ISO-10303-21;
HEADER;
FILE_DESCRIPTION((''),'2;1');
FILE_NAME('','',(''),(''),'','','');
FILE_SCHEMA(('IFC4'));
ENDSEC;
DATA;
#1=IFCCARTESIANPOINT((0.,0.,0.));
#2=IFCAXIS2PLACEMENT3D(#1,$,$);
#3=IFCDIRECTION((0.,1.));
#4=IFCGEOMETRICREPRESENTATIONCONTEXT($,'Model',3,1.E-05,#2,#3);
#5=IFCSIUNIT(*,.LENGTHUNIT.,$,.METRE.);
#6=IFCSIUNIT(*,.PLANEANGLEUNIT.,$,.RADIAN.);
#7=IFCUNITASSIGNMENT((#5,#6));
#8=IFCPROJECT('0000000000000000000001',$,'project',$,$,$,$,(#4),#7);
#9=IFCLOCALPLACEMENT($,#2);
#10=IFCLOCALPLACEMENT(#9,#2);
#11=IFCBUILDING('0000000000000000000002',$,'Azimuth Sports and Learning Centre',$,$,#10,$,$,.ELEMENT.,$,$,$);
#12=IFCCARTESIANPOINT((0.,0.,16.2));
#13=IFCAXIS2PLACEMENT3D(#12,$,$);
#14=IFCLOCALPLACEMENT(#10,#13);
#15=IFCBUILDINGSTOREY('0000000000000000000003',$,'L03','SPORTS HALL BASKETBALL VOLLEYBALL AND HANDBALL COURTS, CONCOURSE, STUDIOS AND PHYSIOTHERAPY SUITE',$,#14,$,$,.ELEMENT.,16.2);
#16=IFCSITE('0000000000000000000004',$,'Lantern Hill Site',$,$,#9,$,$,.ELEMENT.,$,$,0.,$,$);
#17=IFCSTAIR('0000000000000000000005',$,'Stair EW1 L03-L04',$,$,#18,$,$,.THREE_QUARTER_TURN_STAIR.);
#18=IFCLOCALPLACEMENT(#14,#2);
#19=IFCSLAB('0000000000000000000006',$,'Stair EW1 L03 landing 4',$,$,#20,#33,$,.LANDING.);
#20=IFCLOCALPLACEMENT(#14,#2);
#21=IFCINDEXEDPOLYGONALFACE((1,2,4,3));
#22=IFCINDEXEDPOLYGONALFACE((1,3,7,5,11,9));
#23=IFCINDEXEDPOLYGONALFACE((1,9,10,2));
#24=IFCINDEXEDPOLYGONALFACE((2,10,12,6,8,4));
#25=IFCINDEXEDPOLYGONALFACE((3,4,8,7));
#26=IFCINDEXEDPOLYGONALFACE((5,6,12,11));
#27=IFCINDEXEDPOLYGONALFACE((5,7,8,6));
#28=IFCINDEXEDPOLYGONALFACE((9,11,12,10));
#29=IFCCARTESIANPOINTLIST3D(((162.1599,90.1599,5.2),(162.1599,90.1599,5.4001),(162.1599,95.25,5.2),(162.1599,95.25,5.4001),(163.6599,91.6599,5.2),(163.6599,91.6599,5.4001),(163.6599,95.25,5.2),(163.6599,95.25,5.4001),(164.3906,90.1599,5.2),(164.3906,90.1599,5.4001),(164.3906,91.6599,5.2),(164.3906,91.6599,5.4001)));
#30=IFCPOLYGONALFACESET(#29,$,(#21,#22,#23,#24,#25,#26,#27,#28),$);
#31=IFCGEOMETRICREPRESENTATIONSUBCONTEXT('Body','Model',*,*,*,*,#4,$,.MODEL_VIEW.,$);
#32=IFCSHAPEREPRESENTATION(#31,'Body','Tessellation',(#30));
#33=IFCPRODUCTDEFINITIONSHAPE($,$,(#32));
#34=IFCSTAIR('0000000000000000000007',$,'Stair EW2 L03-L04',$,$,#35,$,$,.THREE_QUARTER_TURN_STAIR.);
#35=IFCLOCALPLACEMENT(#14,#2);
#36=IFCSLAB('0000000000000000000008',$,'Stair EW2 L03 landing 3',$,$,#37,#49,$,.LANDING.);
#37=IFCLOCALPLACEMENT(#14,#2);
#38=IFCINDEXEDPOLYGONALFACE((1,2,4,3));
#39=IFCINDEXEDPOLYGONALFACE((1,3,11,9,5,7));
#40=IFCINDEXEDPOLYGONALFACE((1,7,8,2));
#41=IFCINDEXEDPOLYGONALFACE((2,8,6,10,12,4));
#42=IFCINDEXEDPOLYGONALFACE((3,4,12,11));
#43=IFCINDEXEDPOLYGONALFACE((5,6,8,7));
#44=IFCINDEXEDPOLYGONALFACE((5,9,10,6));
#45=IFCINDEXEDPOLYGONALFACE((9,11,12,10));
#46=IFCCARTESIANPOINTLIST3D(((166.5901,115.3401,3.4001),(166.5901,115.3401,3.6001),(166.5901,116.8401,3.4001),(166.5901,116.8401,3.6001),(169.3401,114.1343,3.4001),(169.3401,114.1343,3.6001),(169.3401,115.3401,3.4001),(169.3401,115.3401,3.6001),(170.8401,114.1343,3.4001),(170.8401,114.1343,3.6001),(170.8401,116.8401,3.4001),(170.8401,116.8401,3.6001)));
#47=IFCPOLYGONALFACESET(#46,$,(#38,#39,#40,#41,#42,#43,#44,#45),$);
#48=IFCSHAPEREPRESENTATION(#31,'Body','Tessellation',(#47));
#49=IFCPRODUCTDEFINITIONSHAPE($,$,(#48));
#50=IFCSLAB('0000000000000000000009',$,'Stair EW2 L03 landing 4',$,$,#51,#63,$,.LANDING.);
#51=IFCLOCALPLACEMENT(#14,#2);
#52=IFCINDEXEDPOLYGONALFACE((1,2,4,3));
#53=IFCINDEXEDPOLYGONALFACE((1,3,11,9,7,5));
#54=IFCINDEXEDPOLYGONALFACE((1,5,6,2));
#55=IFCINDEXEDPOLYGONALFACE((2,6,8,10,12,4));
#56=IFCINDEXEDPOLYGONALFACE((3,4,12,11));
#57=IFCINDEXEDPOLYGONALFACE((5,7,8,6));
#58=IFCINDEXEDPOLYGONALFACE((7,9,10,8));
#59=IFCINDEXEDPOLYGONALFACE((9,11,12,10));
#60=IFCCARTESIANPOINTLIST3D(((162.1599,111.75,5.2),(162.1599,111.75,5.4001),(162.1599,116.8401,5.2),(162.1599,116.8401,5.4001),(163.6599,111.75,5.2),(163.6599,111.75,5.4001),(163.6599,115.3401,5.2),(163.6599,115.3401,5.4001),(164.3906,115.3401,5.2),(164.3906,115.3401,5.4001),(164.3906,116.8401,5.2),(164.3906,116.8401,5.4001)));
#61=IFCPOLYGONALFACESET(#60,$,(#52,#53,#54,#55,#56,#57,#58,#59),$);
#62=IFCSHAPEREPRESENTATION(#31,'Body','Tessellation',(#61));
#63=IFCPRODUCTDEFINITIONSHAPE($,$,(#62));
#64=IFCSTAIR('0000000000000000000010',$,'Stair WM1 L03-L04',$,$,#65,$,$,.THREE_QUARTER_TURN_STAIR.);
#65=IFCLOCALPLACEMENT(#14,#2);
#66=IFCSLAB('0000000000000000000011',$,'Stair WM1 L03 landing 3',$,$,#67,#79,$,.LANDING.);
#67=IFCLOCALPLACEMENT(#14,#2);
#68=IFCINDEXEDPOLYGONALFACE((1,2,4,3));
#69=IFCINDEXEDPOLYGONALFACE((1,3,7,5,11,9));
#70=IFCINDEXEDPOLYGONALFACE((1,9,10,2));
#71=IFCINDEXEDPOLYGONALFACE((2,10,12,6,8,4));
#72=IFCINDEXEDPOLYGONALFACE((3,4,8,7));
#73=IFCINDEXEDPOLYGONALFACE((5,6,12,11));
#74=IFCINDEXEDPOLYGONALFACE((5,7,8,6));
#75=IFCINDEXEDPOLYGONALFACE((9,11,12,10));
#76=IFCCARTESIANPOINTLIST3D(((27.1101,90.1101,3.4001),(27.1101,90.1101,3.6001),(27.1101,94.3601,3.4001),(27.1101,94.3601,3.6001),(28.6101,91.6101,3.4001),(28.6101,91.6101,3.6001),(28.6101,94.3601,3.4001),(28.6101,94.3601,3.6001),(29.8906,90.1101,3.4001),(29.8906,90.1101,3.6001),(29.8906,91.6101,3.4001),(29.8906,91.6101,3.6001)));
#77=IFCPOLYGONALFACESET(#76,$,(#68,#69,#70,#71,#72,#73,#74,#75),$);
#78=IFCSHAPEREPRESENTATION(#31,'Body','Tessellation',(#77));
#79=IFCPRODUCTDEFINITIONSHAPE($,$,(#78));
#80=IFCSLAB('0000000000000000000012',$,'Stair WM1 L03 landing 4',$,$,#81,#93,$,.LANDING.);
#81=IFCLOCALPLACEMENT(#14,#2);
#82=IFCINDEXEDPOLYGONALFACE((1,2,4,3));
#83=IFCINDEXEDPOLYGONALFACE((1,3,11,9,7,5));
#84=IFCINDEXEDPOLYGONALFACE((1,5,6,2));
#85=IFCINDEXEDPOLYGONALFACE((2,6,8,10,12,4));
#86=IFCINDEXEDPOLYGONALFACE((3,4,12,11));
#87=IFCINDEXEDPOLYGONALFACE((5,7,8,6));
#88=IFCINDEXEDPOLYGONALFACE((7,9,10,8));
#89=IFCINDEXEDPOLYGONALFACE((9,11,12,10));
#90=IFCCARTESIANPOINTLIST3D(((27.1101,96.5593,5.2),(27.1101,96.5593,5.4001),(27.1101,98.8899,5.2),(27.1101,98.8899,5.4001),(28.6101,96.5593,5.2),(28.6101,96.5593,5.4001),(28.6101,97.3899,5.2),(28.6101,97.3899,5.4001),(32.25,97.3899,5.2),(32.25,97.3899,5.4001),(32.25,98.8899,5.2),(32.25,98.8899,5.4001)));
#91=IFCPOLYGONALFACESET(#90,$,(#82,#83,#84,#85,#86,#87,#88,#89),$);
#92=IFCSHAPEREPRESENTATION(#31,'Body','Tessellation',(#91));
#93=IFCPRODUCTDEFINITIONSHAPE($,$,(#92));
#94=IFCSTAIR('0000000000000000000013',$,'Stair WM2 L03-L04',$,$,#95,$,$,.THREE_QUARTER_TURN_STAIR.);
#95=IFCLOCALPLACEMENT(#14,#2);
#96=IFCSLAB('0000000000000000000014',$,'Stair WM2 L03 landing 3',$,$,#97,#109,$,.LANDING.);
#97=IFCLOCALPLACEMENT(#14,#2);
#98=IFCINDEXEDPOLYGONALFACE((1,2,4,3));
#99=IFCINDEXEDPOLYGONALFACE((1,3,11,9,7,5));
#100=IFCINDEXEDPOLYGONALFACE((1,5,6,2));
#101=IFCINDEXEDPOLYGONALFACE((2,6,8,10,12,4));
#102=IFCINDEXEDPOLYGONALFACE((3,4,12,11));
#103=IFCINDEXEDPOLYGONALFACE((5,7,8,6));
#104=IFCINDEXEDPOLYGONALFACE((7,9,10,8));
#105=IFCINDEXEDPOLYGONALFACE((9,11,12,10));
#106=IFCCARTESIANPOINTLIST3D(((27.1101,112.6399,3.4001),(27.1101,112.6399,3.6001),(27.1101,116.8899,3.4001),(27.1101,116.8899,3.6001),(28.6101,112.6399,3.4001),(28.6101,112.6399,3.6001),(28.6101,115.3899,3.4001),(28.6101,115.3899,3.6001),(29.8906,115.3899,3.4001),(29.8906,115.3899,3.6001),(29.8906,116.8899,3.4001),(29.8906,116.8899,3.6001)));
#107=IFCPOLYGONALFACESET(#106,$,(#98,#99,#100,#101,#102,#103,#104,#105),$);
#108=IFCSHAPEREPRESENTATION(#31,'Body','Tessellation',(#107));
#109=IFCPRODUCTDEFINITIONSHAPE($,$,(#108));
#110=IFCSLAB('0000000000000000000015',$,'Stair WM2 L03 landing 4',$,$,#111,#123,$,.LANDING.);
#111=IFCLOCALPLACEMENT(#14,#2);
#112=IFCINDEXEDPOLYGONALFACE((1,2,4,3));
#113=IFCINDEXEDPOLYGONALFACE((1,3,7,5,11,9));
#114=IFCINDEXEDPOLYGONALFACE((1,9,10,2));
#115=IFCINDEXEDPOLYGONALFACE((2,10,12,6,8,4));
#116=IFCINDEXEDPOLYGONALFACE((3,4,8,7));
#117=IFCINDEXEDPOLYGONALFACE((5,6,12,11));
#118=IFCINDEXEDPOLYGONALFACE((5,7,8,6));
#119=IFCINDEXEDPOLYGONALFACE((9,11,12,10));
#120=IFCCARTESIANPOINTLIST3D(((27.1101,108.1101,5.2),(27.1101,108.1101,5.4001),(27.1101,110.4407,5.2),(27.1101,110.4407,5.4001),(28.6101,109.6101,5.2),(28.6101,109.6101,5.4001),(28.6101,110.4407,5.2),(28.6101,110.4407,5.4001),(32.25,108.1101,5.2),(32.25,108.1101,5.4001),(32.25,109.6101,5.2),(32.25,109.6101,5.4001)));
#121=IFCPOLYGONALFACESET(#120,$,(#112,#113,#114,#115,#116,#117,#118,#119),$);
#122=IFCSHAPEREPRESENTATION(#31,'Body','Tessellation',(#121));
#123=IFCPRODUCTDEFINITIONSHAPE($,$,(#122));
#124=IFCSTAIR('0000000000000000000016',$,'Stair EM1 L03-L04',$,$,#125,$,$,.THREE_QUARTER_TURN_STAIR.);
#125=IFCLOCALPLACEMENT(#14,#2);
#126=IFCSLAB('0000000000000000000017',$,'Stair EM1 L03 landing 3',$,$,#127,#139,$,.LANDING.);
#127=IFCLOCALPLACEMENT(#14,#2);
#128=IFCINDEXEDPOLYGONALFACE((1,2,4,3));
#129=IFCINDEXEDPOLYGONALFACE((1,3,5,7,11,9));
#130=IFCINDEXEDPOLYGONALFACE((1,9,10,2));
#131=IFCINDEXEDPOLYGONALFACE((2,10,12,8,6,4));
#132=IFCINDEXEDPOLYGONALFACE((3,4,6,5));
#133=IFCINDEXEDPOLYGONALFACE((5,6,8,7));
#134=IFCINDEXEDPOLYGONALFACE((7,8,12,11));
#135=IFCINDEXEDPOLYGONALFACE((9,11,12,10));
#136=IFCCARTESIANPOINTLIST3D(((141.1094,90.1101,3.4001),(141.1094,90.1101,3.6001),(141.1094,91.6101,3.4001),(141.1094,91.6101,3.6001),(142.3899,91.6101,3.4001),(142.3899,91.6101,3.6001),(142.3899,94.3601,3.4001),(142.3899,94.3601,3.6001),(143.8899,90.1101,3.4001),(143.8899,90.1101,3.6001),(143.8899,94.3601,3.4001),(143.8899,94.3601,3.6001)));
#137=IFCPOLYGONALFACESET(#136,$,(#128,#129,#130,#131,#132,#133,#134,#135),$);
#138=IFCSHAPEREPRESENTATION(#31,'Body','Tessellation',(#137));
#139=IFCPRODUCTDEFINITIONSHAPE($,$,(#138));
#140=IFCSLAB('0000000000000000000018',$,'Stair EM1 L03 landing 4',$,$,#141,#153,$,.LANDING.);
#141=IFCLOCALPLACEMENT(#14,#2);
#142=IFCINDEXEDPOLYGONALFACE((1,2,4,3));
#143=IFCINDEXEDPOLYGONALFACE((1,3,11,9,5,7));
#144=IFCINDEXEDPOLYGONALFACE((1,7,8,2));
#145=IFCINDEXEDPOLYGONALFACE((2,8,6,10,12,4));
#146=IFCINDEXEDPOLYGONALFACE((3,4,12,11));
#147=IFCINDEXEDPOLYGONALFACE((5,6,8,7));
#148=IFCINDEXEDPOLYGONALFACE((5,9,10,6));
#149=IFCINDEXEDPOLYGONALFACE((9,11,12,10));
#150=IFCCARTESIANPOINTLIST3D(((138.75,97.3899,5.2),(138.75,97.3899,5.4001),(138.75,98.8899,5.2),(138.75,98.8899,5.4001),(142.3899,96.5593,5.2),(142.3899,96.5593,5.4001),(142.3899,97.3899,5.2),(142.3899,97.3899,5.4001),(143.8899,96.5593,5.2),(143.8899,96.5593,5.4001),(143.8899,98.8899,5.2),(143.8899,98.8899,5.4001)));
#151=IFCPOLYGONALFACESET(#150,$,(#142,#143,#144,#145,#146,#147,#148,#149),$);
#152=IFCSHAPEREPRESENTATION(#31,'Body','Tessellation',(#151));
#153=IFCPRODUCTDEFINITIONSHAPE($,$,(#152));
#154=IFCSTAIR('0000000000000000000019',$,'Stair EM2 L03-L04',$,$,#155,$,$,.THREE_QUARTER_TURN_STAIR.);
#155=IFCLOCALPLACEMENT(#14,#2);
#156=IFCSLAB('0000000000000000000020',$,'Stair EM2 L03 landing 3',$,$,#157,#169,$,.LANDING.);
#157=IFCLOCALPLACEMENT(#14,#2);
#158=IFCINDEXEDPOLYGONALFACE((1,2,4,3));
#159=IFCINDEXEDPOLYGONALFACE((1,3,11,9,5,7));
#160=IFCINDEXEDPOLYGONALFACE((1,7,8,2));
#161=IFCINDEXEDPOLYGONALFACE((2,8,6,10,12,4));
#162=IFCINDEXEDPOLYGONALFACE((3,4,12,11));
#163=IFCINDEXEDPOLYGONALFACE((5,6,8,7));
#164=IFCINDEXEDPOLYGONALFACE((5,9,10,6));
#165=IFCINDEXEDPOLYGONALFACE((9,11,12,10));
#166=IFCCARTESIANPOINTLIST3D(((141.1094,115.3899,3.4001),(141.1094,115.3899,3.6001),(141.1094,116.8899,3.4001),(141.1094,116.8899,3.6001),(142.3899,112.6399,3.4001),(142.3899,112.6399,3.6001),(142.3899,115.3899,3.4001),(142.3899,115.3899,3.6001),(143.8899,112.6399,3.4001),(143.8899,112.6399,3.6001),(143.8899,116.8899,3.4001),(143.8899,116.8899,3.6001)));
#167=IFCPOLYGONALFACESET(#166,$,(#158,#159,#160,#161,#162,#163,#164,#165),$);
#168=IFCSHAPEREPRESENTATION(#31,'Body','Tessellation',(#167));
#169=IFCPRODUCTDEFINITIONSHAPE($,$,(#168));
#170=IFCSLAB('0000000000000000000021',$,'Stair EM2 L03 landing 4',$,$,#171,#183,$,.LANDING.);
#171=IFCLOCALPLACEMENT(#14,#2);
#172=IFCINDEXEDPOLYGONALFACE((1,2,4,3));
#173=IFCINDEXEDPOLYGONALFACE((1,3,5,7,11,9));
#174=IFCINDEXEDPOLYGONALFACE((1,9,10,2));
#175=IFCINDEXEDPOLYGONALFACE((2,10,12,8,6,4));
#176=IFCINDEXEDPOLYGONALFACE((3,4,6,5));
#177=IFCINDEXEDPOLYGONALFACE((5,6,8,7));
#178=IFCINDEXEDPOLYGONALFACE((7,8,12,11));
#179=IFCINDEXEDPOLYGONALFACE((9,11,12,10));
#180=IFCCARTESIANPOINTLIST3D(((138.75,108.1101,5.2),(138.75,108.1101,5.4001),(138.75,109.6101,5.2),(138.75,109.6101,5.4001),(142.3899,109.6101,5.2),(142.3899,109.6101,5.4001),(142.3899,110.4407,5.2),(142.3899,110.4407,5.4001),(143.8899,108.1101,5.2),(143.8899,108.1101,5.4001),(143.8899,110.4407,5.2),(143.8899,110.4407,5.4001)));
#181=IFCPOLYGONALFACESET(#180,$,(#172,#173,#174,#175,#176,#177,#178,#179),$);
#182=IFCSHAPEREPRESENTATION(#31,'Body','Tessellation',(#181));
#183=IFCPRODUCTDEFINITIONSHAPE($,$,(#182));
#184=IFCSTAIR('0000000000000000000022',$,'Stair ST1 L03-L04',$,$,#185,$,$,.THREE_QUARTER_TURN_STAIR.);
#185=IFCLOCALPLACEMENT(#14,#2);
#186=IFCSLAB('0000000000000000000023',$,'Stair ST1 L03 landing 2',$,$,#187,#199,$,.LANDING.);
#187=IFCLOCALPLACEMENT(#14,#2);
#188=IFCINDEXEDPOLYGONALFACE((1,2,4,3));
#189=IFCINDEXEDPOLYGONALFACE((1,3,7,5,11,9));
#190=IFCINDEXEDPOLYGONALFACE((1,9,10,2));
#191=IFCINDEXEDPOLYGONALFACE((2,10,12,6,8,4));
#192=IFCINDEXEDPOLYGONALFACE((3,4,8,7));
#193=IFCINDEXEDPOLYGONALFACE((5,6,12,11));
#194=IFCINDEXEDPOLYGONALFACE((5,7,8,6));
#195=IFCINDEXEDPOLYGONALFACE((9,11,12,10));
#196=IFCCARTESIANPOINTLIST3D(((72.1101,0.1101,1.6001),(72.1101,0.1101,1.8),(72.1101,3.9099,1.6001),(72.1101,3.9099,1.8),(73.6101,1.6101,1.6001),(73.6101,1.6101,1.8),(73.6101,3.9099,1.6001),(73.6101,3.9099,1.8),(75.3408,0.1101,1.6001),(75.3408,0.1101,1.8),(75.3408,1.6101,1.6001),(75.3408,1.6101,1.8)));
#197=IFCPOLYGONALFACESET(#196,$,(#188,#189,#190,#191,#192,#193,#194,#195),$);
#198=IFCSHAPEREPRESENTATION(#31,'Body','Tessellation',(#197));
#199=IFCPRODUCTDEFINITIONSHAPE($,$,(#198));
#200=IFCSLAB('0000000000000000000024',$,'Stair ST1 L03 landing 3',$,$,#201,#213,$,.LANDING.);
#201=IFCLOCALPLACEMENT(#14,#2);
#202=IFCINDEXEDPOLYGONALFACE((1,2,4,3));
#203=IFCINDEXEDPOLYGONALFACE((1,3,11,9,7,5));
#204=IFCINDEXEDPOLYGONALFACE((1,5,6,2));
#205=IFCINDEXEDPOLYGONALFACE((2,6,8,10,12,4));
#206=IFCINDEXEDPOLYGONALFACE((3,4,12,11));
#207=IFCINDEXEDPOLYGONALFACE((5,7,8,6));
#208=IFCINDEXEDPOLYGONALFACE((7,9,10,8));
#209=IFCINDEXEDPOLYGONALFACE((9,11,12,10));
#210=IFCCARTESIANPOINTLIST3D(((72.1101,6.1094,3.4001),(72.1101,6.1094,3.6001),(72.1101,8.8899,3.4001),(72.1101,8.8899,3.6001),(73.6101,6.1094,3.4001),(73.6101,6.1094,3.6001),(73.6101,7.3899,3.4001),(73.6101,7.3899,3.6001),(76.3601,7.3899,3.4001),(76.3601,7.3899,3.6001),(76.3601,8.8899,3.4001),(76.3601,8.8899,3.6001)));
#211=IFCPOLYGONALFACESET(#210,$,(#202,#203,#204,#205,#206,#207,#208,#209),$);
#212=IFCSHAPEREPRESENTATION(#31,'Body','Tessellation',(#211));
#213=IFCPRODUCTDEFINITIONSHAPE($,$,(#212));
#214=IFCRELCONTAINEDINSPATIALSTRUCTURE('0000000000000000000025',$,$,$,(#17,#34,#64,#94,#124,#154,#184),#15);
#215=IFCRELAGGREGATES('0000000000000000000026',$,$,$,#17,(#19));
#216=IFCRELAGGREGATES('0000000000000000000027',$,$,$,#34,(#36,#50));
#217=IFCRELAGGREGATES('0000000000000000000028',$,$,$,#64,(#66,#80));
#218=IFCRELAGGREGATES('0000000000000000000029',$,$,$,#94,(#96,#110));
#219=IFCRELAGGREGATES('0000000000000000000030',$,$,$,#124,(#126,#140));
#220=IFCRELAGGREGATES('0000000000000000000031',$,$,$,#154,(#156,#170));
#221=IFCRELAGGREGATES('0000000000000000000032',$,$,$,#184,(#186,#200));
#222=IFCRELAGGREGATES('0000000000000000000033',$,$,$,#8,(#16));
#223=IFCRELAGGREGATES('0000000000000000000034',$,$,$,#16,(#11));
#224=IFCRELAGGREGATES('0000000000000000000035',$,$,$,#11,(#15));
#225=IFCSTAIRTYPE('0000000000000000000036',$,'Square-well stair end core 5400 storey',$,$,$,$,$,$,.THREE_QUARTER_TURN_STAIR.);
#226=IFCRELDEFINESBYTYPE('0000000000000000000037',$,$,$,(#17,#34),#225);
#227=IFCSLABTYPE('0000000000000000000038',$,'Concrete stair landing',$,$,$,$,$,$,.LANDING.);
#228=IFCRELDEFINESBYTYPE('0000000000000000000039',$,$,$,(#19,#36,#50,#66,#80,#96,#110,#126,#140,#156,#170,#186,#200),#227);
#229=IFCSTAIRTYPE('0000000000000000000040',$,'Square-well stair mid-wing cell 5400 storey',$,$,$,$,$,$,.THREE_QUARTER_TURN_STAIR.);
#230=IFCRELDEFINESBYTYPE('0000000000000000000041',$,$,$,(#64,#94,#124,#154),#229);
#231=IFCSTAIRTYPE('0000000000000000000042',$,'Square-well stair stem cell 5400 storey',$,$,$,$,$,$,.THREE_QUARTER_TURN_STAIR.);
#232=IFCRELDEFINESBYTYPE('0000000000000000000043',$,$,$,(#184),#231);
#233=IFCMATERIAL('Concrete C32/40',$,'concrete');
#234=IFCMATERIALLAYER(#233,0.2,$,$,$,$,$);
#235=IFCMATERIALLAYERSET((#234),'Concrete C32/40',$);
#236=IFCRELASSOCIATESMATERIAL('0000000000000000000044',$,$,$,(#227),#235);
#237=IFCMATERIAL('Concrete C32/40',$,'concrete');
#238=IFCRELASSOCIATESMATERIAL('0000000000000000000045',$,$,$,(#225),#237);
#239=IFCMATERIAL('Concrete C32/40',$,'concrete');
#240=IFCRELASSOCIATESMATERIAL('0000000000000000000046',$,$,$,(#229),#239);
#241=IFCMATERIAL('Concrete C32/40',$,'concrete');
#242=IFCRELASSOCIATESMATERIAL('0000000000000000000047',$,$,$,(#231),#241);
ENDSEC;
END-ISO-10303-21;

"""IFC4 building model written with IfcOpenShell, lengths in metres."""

from ifc_helpers import new_model, si_unit, direction, frame, origin, place, context, subcontext, project, spatial, polyline, outline, extrude, material, layer, layer_set, type_object, element, aggregate, save


model = new_model("IFC4")

# Units and contexts
model_context = context("Model", 3, precision=1e-05, world=origin(), true_north=direction((0.0, 1.0)))
body_context = subcontext(model_context, "Body", "Model", "MODEL_VIEW")
ifc_project = project(units=[si_unit("LENGTHUNIT", "METRE"), si_unit("PLANEANGLEUNIT", "RADIAN")], contexts=[model_context])

# Site, building, storey
site_placement = place(None, origin())
site = spatial("IfcSite", under=ifc_project, at=site_placement, Name="Lantern Hill Site", CompositionType="ELEMENT", RefElevation=0.0)
building_placement = place(site_placement, origin())
building = spatial("IfcBuilding", under=site, at=building_placement, Name="Azimuth Sports and Learning Centre", CompositionType="ELEMENT")
storey_placement = place(building_placement, frame((0.0, 0.0, 16.2)))
storey = spatial("IfcBuildingStorey", under=building, at=storey_placement, Name="L03", Description="SPORTS HALL BASKETBALL VOLLEYBALL AND HANDBALL COURTS, CONCOURSE, STUDIOS AND PHYSIOTHERAPY SUITE", CompositionType="ELEMENT", Elevation=16.2)

# Stairs, slabs
ifc_material_1 = material(Name="Concrete C32/40", Category="concrete")
ifc_layer = layer(ifc_material_1, 0.2)
ifc_layer_set = layer_set([ifc_layer], Name="Concrete C32/40")
slab_type = type_object("IfcSlabType", Name="Concrete stair landing", PredefinedType="LANDING", material=ifc_layer_set)
ifc_material_2 = material(Name="Concrete C32/40", Category="concrete")
stair_type_1 = type_object("IfcStairType", Name="Square-well stair end core 5400 storey", PredefinedType="THREE_QUARTER_TURN_STAIR", material=ifc_material_2)
stair_1_placement = place(storey_placement, origin())
stair_1 = element("IfcStair", 1, at=stair_1_placement, inside=storey, type_object=stair_type_1, Name="Stair EW1 L03-L04", PredefinedType="THREE_QUARTER_TURN_STAIR")
slab_1_placement = place(storey_placement, frame((0.0, 0.0, 5.2)))
slab_1 = element("IfcSlab", 2, at=slab_1_placement, type_object=slab_type, Name="Stair EW1 L03 landing 4", PredefinedType="LANDING", context=body_context, shape_type="SweptSolid", body=[
    extrude(outline(polyline([(163.6599, 91.6599), (163.6599, 95.25), (162.1599, 95.25), (162.1599, 90.1599), (164.3906, 90.1599), (164.3906, 91.6599), (163.6599, 91.6599)])), origin(), (0.0, 0.0, 1.0), 0.2002),
])
aggregate(stair_1, [slab_1])
stair_2_placement = place(storey_placement, origin())
stair_2 = element("IfcStair", 3, at=stair_2_placement, inside=storey, type_object=stair_type_1, Name="Stair EW2 L03-L04", PredefinedType="THREE_QUARTER_TURN_STAIR")
slab_2_placement = place(storey_placement, frame((0.0, 0.0, 3.4001)))
slab_2 = element("IfcSlab", 4, at=slab_2_placement, type_object=slab_type, Name="Stair EW2 L03 landing 3", PredefinedType="LANDING", context=body_context, shape_type="SweptSolid", body=[
    extrude(outline(polyline([(169.3401, 115.3401), (169.3401, 114.1343), (170.8401, 114.1343), (170.8401, 116.8401), (166.5901, 116.8401), (166.5901, 115.3401), (169.3401, 115.3401)])), origin(), (0.0, 0.0, 1.0), 0.2),
])
slab_3_placement = place(storey_placement, frame((0.0, 0.0, 5.2)))
slab_3 = element("IfcSlab", 5, at=slab_3_placement, type_object=slab_type, Name="Stair EW2 L03 landing 4", PredefinedType="LANDING", context=body_context, shape_type="SweptSolid", body=[
    extrude(outline(polyline([(163.6599, 115.3401), (164.3906, 115.3401), (164.3906, 116.8401), (162.1599, 116.8401), (162.1599, 111.75), (163.6599, 111.75), (163.6599, 115.3401)])), origin(), (0.0, 0.0, 1.0), 0.2002),
])
aggregate(stair_2, [slab_2, slab_3])
ifc_material_3 = material(Name="Concrete C32/40", Category="concrete")
stair_type_2 = type_object("IfcStairType", Name="Square-well stair mid-wing cell 5400 storey", PredefinedType="THREE_QUARTER_TURN_STAIR", material=ifc_material_3)
stair_3_placement = place(storey_placement, origin())
stair_3 = element("IfcStair", 6, at=stair_3_placement, inside=storey, type_object=stair_type_2, Name="Stair WM1 L03-L04", PredefinedType="THREE_QUARTER_TURN_STAIR")
slab_4_placement = place(storey_placement, frame((0.0, 0.0, 3.4001)))
slab_4 = element("IfcSlab", 7, at=slab_4_placement, type_object=slab_type, Name="Stair WM1 L03 landing 3", PredefinedType="LANDING", context=body_context, shape_type="SweptSolid", body=[
    extrude(outline(polyline([(28.6101, 91.6101), (28.6101, 94.3601), (27.1101, 94.3601), (27.1101, 90.1101), (29.8906, 90.1101), (29.8906, 91.6101), (28.6101, 91.6101)])), origin(), (0.0, 0.0, 1.0), 0.2),
])
slab_5_placement = place(storey_placement, frame((0.0, 0.0, 5.2)))
slab_5 = element("IfcSlab", 8, at=slab_5_placement, type_object=slab_type, Name="Stair WM1 L03 landing 4", PredefinedType="LANDING", context=body_context, shape_type="SweptSolid", body=[
    extrude(outline(polyline([(28.6101, 97.3899), (32.25, 97.3899), (32.25, 98.8899), (27.1101, 98.8899), (27.1101, 96.5593), (28.6101, 96.5593), (28.6101, 97.3899)])), origin(), (0.0, 0.0, 1.0), 0.2002),
])
aggregate(stair_3, [slab_4, slab_5])
stair_4_placement = place(storey_placement, origin())
stair_4 = element("IfcStair", 9, at=stair_4_placement, inside=storey, type_object=stair_type_2, Name="Stair WM2 L03-L04", PredefinedType="THREE_QUARTER_TURN_STAIR")
slab_6_placement = place(storey_placement, frame((0.0, 0.0, 3.4001)))
slab_6 = element("IfcSlab", 10, at=slab_6_placement, type_object=slab_type, Name="Stair WM2 L03 landing 3", PredefinedType="LANDING", context=body_context, shape_type="SweptSolid", body=[
    extrude(outline(polyline([(28.6101, 115.3899), (29.8906, 115.3899), (29.8906, 116.8899), (27.1101, 116.8899), (27.1101, 112.6399), (28.6101, 112.6399), (28.6101, 115.3899)])), origin(), (0.0, 0.0, 1.0), 0.2),
])
slab_7_placement = place(storey_placement, frame((0.0, 0.0, 5.2)))
slab_7 = element("IfcSlab", 11, at=slab_7_placement, type_object=slab_type, Name="Stair WM2 L03 landing 4", PredefinedType="LANDING", context=body_context, shape_type="SweptSolid", body=[
    extrude(outline(polyline([(28.6101, 109.6101), (28.6101, 110.4407), (27.1101, 110.4407), (27.1101, 108.1101), (32.25, 108.1101), (32.25, 109.6101), (28.6101, 109.6101)])), origin(), (0.0, 0.0, 1.0), 0.2002),
])
aggregate(stair_4, [slab_6, slab_7])
stair_5_placement = place(storey_placement, origin())
stair_5 = element("IfcStair", 12, at=stair_5_placement, inside=storey, type_object=stair_type_2, Name="Stair EM1 L03-L04", PredefinedType="THREE_QUARTER_TURN_STAIR")
slab_8_placement = place(storey_placement, frame((0.0, 0.0, 3.4001)))
slab_8 = element("IfcSlab", 13, at=slab_8_placement, type_object=slab_type, Name="Stair EM1 L03 landing 3", PredefinedType="LANDING", context=body_context, shape_type="SweptSolid", body=[
    extrude(outline(polyline([(142.3899, 91.6101), (141.1094, 91.6101), (141.1094, 90.1101), (143.8899, 90.1101), (143.8899, 94.3601), (142.3899, 94.3601), (142.3899, 91.6101)])), origin(), (0.0, 0.0, 1.0), 0.2),
])
slab_9_placement = place(storey_placement, frame((0.0, 0.0, 5.2)))
slab_9 = element("IfcSlab", 14, at=slab_9_placement, type_object=slab_type, Name="Stair EM1 L03 landing 4", PredefinedType="LANDING", context=body_context, shape_type="SweptSolid", body=[
    extrude(outline(polyline([(142.3899, 97.3899), (142.3899, 96.5593), (143.8899, 96.5593), (143.8899, 98.8899), (138.75, 98.8899), (138.75, 97.3899), (142.3899, 97.3899)])), origin(), (0.0, 0.0, 1.0), 0.2002),
])
aggregate(stair_5, [slab_8, slab_9])
stair_6_placement = place(storey_placement, origin())
stair_6 = element("IfcStair", 15, at=stair_6_placement, inside=storey, type_object=stair_type_2, Name="Stair EM2 L03-L04", PredefinedType="THREE_QUARTER_TURN_STAIR")
slab_10_placement = place(storey_placement, frame((0.0, 0.0, 3.4001)))
slab_10 = element("IfcSlab", 16, at=slab_10_placement, type_object=slab_type, Name="Stair EM2 L03 landing 3", PredefinedType="LANDING", context=body_context, shape_type="SweptSolid", body=[
    extrude(outline(polyline([(142.3899, 115.3899), (142.3899, 112.6399), (143.8899, 112.6399), (143.8899, 116.8899), (141.1094, 116.8899), (141.1094, 115.3899), (142.3899, 115.3899)])), origin(), (0.0, 0.0, 1.0), 0.2),
])
slab_11_placement = place(storey_placement, frame((0.0, 0.0, 5.2)))
slab_11 = element("IfcSlab", 17, at=slab_11_placement, type_object=slab_type, Name="Stair EM2 L03 landing 4", PredefinedType="LANDING", context=body_context, shape_type="SweptSolid", body=[
    extrude(outline(polyline([(142.3899, 109.6101), (138.75, 109.6101), (138.75, 108.1101), (143.8899, 108.1101), (143.8899, 110.4407), (142.3899, 110.4407), (142.3899, 109.6101)])), origin(), (0.0, 0.0, 1.0), 0.2002),
])
aggregate(stair_6, [slab_10, slab_11])
ifc_material_4 = material(Name="Concrete C32/40", Category="concrete")
stair_type_3 = type_object("IfcStairType", Name="Square-well stair stem cell 5400 storey", PredefinedType="THREE_QUARTER_TURN_STAIR", material=ifc_material_4)
stair_7_placement = place(storey_placement, origin())
stair_7 = element("IfcStair", 18, at=stair_7_placement, inside=storey, type_object=stair_type_3, Name="Stair ST1 L03-L04", PredefinedType="THREE_QUARTER_TURN_STAIR")
slab_12_placement = place(storey_placement, frame((0.0, 0.0, 1.6001)))
slab_12 = element("IfcSlab", 19, at=slab_12_placement, type_object=slab_type, Name="Stair ST1 L03 landing 2", PredefinedType="LANDING", context=body_context, shape_type="SweptSolid", body=[
    extrude(outline(polyline([(73.6101, 1.6101), (73.6101, 3.9099), (72.1101, 3.9099), (72.1101, 0.1101), (75.3408, 0.1101), (75.3408, 1.6101), (73.6101, 1.6101)])), origin(), (0.0, 0.0, 1.0), 0.2),
])
slab_13_placement = place(storey_placement, frame((0.0, 0.0, 3.4001)))
slab_13 = element("IfcSlab", 20, at=slab_13_placement, type_object=slab_type, Name="Stair ST1 L03 landing 3", PredefinedType="LANDING", context=body_context, shape_type="SweptSolid", body=[
    extrude(outline(polyline([(73.6101, 7.3899), (76.3601, 7.3899), (76.3601, 8.8899), (72.1101, 8.8899), (72.1101, 6.1094), (73.6101, 6.1094), (73.6101, 7.3899)])), origin(), (0.0, 0.0, 1.0), 0.2),
])
aggregate(stair_7, [slab_12, slab_13])

save(model, "model.ifc")
